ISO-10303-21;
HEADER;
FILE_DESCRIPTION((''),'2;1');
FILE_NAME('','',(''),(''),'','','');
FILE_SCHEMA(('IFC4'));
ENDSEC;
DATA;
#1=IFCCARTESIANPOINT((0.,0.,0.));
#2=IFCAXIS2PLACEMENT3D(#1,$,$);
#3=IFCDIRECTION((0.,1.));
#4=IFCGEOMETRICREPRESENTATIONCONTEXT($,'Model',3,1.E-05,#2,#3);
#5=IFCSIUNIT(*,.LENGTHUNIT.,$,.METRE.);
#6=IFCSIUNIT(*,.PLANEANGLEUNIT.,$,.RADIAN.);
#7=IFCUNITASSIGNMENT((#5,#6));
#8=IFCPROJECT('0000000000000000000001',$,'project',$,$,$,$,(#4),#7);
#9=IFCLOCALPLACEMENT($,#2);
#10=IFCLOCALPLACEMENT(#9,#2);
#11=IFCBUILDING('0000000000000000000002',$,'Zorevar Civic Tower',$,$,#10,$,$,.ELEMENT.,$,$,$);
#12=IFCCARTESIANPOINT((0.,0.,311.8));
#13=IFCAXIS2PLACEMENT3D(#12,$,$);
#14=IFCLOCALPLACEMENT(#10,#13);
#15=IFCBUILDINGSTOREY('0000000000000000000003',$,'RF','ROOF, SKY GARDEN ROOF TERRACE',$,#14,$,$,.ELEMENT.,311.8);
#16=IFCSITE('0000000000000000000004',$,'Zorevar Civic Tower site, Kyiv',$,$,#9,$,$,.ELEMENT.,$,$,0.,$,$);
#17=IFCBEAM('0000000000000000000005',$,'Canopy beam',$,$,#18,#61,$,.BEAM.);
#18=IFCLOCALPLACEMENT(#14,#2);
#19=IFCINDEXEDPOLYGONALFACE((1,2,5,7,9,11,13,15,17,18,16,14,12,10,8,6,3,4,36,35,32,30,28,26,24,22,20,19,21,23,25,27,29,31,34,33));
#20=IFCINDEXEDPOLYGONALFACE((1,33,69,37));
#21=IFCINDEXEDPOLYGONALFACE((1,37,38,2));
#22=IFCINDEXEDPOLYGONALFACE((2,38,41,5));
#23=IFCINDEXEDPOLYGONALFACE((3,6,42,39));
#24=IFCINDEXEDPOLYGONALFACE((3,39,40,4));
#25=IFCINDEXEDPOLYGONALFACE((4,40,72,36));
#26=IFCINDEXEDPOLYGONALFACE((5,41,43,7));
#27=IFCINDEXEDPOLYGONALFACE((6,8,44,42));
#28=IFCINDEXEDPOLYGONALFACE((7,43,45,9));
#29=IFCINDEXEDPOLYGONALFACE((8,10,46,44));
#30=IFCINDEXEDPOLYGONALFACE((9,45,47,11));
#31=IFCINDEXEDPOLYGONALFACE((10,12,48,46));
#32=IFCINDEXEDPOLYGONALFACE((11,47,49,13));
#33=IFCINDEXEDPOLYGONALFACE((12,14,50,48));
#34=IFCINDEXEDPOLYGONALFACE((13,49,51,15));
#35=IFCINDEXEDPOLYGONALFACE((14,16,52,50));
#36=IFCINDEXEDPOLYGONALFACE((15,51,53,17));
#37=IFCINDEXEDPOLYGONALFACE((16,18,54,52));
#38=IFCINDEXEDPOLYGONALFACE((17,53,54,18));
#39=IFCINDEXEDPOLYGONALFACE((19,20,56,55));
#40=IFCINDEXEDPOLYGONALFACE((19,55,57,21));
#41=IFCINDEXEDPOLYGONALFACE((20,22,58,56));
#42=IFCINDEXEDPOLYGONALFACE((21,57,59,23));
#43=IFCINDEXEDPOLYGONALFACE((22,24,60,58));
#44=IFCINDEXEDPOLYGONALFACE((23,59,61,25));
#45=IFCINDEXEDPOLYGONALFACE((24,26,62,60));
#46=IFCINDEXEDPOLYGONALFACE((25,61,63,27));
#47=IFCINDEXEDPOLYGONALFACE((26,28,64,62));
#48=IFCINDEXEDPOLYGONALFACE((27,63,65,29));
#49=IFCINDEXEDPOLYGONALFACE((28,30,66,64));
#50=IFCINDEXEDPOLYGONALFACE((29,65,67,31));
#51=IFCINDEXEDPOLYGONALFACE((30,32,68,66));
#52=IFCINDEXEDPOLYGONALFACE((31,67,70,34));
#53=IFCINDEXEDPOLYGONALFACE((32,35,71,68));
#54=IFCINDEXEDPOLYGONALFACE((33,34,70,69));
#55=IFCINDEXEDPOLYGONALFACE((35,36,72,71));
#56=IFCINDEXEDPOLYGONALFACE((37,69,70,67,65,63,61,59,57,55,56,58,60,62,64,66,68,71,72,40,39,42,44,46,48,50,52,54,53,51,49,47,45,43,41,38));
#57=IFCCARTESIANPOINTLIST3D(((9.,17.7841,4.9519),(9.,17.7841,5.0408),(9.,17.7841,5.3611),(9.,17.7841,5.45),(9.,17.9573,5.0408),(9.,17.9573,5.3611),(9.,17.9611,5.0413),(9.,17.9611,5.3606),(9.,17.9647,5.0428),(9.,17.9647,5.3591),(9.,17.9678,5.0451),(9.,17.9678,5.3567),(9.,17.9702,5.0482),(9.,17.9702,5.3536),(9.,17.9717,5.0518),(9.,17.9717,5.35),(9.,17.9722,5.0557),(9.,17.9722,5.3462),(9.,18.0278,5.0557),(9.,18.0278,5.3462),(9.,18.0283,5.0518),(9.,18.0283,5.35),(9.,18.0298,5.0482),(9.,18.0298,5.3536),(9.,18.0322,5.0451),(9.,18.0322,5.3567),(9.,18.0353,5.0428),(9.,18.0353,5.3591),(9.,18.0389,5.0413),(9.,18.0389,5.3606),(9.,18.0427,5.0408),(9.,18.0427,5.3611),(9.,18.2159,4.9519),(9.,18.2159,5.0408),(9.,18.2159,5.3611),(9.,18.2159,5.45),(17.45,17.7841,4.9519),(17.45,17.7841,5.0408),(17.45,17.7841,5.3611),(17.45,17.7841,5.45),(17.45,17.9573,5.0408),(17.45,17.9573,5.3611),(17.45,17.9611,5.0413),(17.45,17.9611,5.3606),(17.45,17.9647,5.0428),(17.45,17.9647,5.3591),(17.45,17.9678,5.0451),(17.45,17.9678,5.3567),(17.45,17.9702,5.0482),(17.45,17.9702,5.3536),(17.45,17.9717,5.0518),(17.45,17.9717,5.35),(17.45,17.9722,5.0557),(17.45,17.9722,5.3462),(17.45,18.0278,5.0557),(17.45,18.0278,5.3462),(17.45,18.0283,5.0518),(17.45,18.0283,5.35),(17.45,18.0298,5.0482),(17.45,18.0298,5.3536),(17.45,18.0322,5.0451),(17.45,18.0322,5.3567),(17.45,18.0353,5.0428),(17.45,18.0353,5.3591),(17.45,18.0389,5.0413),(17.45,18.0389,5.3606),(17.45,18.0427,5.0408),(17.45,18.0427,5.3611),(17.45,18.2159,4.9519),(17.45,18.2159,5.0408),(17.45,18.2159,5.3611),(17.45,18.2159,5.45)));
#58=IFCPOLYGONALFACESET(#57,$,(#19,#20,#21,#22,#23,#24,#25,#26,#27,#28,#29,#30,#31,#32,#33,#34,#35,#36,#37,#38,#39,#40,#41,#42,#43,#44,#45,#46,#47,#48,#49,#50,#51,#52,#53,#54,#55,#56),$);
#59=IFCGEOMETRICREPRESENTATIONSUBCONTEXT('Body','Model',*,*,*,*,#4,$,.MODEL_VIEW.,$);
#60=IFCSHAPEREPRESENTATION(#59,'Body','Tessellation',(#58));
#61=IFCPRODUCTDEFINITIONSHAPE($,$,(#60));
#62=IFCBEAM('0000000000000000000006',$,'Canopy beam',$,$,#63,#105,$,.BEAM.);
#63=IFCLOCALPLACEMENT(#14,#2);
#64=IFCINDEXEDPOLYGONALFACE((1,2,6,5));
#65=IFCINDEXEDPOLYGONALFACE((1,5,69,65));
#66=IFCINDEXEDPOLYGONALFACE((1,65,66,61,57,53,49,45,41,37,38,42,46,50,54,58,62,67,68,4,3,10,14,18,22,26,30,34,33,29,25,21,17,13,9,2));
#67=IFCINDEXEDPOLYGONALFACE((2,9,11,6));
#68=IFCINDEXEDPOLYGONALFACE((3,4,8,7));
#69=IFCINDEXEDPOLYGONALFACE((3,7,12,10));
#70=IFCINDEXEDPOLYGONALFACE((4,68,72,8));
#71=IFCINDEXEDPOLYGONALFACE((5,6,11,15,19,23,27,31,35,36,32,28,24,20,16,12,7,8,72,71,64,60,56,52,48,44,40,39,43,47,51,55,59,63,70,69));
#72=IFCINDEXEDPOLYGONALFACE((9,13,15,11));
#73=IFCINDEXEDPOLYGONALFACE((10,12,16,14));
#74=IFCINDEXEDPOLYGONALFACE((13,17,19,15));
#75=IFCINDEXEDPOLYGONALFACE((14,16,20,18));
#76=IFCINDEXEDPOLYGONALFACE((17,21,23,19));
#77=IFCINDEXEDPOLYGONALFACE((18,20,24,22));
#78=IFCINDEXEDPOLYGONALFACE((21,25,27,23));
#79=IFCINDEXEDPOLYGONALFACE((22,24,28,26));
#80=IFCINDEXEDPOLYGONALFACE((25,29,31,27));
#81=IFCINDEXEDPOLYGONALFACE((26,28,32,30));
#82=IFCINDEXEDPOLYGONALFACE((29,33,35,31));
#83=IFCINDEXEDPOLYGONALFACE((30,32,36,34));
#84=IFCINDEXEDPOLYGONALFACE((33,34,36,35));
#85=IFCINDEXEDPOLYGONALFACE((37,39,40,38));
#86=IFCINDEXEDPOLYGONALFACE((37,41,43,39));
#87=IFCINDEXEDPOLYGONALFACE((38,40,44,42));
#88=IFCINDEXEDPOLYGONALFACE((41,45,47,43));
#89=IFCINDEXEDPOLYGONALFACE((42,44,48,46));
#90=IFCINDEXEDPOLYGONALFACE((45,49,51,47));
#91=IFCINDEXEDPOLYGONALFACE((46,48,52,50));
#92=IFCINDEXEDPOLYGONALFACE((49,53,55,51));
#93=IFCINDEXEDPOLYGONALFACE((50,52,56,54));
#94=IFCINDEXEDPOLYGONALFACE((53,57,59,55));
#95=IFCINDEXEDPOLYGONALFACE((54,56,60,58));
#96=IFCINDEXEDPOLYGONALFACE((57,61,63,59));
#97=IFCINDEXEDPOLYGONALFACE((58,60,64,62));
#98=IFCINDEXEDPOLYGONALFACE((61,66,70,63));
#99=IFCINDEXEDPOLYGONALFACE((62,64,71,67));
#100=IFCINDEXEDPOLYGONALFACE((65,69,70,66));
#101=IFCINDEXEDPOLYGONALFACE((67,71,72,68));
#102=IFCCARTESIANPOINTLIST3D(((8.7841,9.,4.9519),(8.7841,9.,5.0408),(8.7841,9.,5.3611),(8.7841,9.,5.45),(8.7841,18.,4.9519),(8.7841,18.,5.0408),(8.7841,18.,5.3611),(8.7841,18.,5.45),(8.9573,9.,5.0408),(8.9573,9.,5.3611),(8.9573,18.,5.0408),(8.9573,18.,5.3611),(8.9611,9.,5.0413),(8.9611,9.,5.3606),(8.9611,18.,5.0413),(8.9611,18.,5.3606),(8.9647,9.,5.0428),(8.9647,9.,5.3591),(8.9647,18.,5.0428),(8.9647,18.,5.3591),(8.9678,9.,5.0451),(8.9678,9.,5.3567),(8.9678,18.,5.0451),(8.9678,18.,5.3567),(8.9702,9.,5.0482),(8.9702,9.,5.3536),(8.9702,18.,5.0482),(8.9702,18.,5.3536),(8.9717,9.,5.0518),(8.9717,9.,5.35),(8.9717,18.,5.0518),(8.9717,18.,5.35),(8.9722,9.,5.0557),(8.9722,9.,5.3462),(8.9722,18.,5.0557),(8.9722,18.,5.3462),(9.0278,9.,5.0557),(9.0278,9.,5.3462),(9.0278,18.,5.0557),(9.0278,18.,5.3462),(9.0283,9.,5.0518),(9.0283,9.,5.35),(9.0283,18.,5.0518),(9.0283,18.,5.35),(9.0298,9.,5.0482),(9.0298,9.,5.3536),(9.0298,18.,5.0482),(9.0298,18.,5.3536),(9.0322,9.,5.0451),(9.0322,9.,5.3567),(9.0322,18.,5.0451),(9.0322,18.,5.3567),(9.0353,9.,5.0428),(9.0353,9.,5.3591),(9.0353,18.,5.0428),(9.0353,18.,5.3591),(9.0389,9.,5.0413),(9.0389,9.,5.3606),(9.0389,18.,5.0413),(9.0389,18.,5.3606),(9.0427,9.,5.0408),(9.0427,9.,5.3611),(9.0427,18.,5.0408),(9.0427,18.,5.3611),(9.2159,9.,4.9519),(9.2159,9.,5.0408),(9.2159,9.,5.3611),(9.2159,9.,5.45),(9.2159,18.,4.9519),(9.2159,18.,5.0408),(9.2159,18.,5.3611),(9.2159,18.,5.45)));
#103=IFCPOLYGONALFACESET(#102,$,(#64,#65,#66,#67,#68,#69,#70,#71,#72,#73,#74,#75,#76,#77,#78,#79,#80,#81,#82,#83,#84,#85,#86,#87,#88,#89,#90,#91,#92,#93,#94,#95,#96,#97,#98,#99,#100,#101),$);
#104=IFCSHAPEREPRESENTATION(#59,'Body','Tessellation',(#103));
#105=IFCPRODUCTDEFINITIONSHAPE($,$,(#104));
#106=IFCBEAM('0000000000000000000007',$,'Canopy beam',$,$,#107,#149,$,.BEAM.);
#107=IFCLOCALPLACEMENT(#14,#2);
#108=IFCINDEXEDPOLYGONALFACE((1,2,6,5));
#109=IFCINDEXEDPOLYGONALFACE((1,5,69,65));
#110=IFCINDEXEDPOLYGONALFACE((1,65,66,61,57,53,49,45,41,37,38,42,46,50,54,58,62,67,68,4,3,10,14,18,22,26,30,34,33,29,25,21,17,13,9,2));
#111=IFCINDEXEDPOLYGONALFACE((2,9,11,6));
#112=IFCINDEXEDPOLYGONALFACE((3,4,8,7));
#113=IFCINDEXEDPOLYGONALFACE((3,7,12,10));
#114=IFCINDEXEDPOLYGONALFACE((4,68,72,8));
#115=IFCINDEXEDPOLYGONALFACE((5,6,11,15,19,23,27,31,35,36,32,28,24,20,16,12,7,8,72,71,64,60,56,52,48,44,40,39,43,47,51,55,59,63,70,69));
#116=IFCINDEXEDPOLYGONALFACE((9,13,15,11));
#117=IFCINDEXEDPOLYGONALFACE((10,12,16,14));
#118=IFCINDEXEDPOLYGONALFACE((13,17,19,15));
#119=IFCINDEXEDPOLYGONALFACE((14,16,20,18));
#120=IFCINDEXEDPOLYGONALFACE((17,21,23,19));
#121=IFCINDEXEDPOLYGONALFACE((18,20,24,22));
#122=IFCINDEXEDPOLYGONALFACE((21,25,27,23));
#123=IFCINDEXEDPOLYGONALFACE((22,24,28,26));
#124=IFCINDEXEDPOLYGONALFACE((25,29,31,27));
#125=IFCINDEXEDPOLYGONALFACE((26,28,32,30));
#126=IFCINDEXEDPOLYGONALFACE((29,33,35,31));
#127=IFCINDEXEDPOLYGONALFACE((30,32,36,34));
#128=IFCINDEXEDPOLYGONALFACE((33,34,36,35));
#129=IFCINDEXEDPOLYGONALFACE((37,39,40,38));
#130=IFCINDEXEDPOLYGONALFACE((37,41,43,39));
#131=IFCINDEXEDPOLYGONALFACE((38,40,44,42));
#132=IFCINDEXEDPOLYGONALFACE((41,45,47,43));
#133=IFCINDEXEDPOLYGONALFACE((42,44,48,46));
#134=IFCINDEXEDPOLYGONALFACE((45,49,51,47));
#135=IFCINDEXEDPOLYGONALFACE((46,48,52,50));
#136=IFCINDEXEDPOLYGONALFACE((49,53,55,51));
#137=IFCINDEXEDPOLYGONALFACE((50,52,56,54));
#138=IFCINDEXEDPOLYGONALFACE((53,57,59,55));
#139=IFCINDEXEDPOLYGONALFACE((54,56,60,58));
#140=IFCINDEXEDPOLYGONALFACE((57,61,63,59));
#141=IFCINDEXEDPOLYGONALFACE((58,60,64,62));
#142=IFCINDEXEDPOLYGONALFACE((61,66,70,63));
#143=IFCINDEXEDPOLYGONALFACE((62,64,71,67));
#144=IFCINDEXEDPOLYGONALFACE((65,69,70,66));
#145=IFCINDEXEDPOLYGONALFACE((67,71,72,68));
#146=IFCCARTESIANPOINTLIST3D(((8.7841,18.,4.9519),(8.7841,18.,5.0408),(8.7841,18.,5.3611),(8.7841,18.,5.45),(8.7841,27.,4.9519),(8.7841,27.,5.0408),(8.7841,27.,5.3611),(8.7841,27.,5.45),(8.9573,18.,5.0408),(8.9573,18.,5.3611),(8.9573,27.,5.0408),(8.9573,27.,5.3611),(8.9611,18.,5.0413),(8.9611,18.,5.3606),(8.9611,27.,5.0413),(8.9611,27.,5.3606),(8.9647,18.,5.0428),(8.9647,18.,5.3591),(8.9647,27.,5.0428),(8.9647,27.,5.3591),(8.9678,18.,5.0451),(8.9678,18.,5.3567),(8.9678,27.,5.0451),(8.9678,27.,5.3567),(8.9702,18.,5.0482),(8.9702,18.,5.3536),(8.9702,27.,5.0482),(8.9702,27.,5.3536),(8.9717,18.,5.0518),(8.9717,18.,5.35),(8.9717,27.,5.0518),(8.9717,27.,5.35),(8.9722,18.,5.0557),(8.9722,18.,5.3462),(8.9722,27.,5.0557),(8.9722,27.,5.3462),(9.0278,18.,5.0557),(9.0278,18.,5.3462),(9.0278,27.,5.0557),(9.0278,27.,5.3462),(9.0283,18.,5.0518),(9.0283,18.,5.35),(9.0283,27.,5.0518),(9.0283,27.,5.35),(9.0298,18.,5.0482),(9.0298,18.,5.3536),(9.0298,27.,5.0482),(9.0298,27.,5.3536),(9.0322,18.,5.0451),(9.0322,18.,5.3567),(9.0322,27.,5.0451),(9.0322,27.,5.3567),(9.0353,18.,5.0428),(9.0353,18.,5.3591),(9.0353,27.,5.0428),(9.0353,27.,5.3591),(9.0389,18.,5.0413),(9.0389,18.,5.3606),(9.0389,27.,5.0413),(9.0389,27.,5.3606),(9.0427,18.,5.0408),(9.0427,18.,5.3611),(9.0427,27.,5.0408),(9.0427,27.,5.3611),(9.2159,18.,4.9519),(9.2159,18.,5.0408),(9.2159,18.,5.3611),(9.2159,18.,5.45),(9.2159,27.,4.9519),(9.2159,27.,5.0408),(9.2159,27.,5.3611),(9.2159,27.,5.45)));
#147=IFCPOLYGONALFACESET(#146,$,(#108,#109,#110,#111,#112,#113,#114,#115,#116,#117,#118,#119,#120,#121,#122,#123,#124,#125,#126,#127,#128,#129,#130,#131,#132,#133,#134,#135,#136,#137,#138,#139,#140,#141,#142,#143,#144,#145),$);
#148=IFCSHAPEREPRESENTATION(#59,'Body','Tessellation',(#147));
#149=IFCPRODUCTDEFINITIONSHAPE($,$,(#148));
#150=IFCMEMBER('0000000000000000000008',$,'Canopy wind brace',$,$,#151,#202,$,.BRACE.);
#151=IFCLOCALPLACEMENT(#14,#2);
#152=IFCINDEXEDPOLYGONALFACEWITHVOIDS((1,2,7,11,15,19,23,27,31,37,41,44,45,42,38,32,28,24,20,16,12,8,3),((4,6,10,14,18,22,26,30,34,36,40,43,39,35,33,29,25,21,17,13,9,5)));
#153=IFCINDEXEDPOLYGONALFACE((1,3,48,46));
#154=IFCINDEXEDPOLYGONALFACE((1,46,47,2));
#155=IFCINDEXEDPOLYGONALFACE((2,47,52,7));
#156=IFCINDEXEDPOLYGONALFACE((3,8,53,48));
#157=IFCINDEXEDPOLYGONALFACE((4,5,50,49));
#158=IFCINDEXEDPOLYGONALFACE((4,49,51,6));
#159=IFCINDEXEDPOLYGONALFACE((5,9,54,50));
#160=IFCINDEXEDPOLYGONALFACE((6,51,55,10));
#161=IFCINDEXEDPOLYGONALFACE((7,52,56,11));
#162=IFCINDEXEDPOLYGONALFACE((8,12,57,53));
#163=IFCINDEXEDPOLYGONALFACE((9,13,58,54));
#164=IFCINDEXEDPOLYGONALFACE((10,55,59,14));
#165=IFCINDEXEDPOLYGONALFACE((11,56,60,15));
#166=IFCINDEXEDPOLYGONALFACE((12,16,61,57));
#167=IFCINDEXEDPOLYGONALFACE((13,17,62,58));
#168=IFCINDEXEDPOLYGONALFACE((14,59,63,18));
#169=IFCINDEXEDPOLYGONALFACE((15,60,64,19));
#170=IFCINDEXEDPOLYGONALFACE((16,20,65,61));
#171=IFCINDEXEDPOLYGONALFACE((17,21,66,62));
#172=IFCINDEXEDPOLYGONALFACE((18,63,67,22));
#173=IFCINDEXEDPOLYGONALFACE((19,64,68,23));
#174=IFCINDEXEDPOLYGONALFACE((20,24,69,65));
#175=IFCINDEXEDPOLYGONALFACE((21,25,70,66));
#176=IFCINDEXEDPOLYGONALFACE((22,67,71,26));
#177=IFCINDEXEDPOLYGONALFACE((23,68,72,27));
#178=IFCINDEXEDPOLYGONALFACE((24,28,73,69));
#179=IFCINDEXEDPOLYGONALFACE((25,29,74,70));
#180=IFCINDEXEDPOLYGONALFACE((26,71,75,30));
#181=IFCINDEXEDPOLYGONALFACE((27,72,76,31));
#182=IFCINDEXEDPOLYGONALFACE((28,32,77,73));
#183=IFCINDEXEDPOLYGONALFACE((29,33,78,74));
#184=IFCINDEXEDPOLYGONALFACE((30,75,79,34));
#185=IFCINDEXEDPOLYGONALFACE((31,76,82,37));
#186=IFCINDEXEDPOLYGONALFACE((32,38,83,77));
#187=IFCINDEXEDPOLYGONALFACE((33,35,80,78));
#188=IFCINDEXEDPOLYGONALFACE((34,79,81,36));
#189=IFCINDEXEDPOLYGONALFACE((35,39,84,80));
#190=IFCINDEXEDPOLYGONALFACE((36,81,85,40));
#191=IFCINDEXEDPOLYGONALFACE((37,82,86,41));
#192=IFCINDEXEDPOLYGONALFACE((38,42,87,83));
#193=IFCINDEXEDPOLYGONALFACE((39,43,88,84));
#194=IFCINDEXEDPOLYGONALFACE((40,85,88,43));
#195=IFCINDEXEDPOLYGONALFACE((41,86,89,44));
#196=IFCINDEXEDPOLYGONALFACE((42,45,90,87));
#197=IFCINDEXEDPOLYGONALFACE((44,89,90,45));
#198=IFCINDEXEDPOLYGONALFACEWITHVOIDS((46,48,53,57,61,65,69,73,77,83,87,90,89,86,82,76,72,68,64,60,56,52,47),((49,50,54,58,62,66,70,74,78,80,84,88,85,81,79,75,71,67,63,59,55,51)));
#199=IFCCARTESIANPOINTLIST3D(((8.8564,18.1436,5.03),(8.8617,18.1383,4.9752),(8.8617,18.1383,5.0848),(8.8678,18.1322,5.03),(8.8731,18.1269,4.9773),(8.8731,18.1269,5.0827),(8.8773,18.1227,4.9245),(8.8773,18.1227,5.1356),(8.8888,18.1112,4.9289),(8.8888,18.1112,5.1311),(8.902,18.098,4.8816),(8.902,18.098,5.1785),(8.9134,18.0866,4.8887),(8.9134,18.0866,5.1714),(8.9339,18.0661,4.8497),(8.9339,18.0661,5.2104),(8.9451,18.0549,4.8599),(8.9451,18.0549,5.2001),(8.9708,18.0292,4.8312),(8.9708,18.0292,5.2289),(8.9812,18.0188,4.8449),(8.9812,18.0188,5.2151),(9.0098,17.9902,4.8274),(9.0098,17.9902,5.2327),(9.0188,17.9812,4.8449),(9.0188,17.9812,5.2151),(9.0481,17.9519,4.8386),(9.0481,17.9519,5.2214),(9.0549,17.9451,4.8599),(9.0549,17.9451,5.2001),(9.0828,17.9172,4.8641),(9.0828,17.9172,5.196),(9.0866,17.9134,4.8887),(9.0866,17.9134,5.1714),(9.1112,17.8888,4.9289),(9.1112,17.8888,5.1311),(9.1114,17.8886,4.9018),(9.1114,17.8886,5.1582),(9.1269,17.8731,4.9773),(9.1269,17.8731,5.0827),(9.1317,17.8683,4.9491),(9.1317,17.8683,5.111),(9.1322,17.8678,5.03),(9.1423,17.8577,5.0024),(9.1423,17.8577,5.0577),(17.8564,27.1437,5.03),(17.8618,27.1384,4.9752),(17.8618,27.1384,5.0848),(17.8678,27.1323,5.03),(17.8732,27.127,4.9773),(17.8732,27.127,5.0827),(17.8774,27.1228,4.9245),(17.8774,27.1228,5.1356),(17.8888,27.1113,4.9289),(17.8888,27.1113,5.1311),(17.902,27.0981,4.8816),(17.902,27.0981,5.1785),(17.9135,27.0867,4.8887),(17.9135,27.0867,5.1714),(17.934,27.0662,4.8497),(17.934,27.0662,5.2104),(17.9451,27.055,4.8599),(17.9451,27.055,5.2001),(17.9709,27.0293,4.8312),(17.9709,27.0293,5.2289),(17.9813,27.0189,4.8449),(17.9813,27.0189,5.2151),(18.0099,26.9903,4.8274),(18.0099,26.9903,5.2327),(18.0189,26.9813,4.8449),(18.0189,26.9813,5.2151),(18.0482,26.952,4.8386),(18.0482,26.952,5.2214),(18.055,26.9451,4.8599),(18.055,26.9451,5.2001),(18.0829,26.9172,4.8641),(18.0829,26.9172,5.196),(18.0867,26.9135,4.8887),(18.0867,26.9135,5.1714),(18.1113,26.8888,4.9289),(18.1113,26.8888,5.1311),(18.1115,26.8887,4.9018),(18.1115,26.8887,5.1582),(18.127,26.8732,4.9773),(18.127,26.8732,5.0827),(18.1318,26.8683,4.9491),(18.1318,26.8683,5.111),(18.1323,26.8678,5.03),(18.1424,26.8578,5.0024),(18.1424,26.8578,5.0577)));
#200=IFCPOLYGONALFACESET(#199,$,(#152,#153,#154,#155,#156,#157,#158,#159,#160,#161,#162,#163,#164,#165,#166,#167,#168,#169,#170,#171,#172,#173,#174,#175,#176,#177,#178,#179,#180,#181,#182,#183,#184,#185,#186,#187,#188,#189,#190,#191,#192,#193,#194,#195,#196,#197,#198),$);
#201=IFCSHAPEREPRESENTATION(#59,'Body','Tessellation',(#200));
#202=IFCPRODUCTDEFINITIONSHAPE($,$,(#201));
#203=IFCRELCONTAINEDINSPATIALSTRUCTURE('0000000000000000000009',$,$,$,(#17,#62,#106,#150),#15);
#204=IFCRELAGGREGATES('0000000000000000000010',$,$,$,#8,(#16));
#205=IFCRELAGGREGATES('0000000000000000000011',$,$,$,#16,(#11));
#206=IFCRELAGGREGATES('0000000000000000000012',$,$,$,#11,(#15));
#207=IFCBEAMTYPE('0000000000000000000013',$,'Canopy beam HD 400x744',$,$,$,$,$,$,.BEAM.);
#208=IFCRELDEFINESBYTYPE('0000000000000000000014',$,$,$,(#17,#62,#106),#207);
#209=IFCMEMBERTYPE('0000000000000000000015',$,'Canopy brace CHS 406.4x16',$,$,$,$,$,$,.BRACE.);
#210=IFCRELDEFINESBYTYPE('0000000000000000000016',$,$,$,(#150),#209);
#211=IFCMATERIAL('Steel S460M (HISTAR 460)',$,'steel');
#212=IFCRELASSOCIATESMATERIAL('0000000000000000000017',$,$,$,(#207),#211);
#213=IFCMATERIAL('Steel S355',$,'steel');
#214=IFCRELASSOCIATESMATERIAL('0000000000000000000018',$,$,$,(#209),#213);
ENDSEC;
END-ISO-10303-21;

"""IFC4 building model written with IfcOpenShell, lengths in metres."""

from ifc_helpers import new_model, si_unit, direction, frame, origin, origin_2d, place, context, subcontext, project, spatial, hollow_circle, i_section, extrude, material, material_profile, profile_set, type_object, element, save


model = new_model("IFC4")

# Units and contexts
model_context = context("Model", 3, precision=1e-05, world=origin(), true_north=direction((0.0, 1.0)))
body_context = subcontext(model_context, "Body", "Model", "MODEL_VIEW")
ifc_project = project(units=[si_unit("LENGTHUNIT", "METRE"), si_unit("PLANEANGLEUNIT", "RADIAN")], contexts=[model_context])

# Site, building, storey
site_placement = place(None, origin())
site = spatial("IfcSite", under=ifc_project, at=site_placement, Name="Zorevar Civic Tower site, Kyiv", CompositionType="ELEMENT", RefElevation=0.0)
building_placement = place(site_placement, origin())
building = spatial("IfcBuilding", under=site, at=building_placement, Name="Zorevar Civic Tower", CompositionType="ELEMENT")
storey_placement = place(building_placement, frame((0.0, 0.0, 311.8)))
storey = spatial("IfcBuildingStorey", under=building, at=storey_placement, Name="RF", Description="ROOF, SKY GARDEN ROOF TERRACE", CompositionType="ELEMENT", Elevation=311.8)

# Beams
ifc_material_1 = material(Name="Steel S460M (HISTAR 460)", Category="steel")
ifc_material_profile_1 = material_profile(ifc_material_1, i_section(OverallWidth=0.4319, OverallDepth=0.498, WebThickness=0.0557, FlangeThickness=0.0889, FilletRadius=0.0149, at=origin_2d()), Name="HD 400x744")
ifc_profile_set_1 = profile_set([ifc_material_profile_1], Name="Steel S460M (HISTAR 460)")
beam_type_1 = type_object("IfcBeamType", Name="Canopy beam HD 400x744", PredefinedType="BEAM", material=ifc_profile_set_1)
beam_1_placement = place(storey_placement, frame((9.0, 18.0, 5.2009), z_axis=(1.0, 0.0, 0.0), x_axis=(0.0, 1.0, 0.0)))
element("IfcBeam", 1, at=beam_1_placement, inside=storey, type_object=beam_type_1, Name="Canopy beam", PredefinedType="BEAM", context=body_context, shape_type="SweptSolid", body=[
    extrude(i_section(OverallWidth=0.4319, OverallDepth=0.498, WebThickness=0.0557, FlangeThickness=0.0889, FilletRadius=0.0149, at=origin_2d()), origin(), (0.0, 0.0, 1.0), 8.45),
])
for number, where, z_axis, x_axis, name in (
    (2, (9.0, 9.0, 5.2009), (0.0, 1.0, 0.0), (-1.0, 0.0, 0.0), "Canopy beam"),
    (3, (9.0, 18.0, 5.2009), (0.0, 1.0, 0.0), (-1.0, 0.0, 0.0), "Canopy beam"),
):
    element("IfcBeam", number, at=place(storey_placement, frame(where, z_axis=z_axis, x_axis=x_axis)), inside=storey, type_object=beam_type_1, Name=name, PredefinedType="BEAM", context=body_context, shape_type="SweptSolid", body=[
        extrude(i_section(OverallWidth=0.4319, OverallDepth=0.498, WebThickness=0.0557, FlangeThickness=0.0889, FilletRadius=0.0149, at=origin_2d()), origin(), (0.0, 0.0, 1.0), 9.0),
    ])

# Member
ifc_material_2 = material(Name="Steel S355", Category="steel")
ifc_material_profile_2 = material_profile(ifc_material_2, hollow_circle(Radius=0.2031, WallThickness=0.0161, at=origin_2d()), Name="CHS 406.4x16")
ifc_profile_set_2 = profile_set([ifc_material_profile_2], Name="Steel S355")
member_type_1 = type_object("IfcMemberType", Name="Canopy brace CHS 406.4x16", PredefinedType="BRACE", material=ifc_profile_set_2)
member_1_placement = place(storey_placement, frame((9.0, 18.0, 5.03), z_axis=(0.707107, 0.707107, 0.0), x_axis=(-0.707107, 0.707107, 0.0)))
element("IfcMember", 4, at=member_1_placement, inside=storey, type_object=member_type_1, Name="Canopy wind brace", PredefinedType="BRACE", context=body_context, shape_type="SweptSolid", body=[
    extrude(hollow_circle(Radius=0.2031, WallThickness=0.0161, at=origin_2d()), origin(), (0.0, 0.0, 1.0), 12.728),
])

save(model, "model.ifc")
